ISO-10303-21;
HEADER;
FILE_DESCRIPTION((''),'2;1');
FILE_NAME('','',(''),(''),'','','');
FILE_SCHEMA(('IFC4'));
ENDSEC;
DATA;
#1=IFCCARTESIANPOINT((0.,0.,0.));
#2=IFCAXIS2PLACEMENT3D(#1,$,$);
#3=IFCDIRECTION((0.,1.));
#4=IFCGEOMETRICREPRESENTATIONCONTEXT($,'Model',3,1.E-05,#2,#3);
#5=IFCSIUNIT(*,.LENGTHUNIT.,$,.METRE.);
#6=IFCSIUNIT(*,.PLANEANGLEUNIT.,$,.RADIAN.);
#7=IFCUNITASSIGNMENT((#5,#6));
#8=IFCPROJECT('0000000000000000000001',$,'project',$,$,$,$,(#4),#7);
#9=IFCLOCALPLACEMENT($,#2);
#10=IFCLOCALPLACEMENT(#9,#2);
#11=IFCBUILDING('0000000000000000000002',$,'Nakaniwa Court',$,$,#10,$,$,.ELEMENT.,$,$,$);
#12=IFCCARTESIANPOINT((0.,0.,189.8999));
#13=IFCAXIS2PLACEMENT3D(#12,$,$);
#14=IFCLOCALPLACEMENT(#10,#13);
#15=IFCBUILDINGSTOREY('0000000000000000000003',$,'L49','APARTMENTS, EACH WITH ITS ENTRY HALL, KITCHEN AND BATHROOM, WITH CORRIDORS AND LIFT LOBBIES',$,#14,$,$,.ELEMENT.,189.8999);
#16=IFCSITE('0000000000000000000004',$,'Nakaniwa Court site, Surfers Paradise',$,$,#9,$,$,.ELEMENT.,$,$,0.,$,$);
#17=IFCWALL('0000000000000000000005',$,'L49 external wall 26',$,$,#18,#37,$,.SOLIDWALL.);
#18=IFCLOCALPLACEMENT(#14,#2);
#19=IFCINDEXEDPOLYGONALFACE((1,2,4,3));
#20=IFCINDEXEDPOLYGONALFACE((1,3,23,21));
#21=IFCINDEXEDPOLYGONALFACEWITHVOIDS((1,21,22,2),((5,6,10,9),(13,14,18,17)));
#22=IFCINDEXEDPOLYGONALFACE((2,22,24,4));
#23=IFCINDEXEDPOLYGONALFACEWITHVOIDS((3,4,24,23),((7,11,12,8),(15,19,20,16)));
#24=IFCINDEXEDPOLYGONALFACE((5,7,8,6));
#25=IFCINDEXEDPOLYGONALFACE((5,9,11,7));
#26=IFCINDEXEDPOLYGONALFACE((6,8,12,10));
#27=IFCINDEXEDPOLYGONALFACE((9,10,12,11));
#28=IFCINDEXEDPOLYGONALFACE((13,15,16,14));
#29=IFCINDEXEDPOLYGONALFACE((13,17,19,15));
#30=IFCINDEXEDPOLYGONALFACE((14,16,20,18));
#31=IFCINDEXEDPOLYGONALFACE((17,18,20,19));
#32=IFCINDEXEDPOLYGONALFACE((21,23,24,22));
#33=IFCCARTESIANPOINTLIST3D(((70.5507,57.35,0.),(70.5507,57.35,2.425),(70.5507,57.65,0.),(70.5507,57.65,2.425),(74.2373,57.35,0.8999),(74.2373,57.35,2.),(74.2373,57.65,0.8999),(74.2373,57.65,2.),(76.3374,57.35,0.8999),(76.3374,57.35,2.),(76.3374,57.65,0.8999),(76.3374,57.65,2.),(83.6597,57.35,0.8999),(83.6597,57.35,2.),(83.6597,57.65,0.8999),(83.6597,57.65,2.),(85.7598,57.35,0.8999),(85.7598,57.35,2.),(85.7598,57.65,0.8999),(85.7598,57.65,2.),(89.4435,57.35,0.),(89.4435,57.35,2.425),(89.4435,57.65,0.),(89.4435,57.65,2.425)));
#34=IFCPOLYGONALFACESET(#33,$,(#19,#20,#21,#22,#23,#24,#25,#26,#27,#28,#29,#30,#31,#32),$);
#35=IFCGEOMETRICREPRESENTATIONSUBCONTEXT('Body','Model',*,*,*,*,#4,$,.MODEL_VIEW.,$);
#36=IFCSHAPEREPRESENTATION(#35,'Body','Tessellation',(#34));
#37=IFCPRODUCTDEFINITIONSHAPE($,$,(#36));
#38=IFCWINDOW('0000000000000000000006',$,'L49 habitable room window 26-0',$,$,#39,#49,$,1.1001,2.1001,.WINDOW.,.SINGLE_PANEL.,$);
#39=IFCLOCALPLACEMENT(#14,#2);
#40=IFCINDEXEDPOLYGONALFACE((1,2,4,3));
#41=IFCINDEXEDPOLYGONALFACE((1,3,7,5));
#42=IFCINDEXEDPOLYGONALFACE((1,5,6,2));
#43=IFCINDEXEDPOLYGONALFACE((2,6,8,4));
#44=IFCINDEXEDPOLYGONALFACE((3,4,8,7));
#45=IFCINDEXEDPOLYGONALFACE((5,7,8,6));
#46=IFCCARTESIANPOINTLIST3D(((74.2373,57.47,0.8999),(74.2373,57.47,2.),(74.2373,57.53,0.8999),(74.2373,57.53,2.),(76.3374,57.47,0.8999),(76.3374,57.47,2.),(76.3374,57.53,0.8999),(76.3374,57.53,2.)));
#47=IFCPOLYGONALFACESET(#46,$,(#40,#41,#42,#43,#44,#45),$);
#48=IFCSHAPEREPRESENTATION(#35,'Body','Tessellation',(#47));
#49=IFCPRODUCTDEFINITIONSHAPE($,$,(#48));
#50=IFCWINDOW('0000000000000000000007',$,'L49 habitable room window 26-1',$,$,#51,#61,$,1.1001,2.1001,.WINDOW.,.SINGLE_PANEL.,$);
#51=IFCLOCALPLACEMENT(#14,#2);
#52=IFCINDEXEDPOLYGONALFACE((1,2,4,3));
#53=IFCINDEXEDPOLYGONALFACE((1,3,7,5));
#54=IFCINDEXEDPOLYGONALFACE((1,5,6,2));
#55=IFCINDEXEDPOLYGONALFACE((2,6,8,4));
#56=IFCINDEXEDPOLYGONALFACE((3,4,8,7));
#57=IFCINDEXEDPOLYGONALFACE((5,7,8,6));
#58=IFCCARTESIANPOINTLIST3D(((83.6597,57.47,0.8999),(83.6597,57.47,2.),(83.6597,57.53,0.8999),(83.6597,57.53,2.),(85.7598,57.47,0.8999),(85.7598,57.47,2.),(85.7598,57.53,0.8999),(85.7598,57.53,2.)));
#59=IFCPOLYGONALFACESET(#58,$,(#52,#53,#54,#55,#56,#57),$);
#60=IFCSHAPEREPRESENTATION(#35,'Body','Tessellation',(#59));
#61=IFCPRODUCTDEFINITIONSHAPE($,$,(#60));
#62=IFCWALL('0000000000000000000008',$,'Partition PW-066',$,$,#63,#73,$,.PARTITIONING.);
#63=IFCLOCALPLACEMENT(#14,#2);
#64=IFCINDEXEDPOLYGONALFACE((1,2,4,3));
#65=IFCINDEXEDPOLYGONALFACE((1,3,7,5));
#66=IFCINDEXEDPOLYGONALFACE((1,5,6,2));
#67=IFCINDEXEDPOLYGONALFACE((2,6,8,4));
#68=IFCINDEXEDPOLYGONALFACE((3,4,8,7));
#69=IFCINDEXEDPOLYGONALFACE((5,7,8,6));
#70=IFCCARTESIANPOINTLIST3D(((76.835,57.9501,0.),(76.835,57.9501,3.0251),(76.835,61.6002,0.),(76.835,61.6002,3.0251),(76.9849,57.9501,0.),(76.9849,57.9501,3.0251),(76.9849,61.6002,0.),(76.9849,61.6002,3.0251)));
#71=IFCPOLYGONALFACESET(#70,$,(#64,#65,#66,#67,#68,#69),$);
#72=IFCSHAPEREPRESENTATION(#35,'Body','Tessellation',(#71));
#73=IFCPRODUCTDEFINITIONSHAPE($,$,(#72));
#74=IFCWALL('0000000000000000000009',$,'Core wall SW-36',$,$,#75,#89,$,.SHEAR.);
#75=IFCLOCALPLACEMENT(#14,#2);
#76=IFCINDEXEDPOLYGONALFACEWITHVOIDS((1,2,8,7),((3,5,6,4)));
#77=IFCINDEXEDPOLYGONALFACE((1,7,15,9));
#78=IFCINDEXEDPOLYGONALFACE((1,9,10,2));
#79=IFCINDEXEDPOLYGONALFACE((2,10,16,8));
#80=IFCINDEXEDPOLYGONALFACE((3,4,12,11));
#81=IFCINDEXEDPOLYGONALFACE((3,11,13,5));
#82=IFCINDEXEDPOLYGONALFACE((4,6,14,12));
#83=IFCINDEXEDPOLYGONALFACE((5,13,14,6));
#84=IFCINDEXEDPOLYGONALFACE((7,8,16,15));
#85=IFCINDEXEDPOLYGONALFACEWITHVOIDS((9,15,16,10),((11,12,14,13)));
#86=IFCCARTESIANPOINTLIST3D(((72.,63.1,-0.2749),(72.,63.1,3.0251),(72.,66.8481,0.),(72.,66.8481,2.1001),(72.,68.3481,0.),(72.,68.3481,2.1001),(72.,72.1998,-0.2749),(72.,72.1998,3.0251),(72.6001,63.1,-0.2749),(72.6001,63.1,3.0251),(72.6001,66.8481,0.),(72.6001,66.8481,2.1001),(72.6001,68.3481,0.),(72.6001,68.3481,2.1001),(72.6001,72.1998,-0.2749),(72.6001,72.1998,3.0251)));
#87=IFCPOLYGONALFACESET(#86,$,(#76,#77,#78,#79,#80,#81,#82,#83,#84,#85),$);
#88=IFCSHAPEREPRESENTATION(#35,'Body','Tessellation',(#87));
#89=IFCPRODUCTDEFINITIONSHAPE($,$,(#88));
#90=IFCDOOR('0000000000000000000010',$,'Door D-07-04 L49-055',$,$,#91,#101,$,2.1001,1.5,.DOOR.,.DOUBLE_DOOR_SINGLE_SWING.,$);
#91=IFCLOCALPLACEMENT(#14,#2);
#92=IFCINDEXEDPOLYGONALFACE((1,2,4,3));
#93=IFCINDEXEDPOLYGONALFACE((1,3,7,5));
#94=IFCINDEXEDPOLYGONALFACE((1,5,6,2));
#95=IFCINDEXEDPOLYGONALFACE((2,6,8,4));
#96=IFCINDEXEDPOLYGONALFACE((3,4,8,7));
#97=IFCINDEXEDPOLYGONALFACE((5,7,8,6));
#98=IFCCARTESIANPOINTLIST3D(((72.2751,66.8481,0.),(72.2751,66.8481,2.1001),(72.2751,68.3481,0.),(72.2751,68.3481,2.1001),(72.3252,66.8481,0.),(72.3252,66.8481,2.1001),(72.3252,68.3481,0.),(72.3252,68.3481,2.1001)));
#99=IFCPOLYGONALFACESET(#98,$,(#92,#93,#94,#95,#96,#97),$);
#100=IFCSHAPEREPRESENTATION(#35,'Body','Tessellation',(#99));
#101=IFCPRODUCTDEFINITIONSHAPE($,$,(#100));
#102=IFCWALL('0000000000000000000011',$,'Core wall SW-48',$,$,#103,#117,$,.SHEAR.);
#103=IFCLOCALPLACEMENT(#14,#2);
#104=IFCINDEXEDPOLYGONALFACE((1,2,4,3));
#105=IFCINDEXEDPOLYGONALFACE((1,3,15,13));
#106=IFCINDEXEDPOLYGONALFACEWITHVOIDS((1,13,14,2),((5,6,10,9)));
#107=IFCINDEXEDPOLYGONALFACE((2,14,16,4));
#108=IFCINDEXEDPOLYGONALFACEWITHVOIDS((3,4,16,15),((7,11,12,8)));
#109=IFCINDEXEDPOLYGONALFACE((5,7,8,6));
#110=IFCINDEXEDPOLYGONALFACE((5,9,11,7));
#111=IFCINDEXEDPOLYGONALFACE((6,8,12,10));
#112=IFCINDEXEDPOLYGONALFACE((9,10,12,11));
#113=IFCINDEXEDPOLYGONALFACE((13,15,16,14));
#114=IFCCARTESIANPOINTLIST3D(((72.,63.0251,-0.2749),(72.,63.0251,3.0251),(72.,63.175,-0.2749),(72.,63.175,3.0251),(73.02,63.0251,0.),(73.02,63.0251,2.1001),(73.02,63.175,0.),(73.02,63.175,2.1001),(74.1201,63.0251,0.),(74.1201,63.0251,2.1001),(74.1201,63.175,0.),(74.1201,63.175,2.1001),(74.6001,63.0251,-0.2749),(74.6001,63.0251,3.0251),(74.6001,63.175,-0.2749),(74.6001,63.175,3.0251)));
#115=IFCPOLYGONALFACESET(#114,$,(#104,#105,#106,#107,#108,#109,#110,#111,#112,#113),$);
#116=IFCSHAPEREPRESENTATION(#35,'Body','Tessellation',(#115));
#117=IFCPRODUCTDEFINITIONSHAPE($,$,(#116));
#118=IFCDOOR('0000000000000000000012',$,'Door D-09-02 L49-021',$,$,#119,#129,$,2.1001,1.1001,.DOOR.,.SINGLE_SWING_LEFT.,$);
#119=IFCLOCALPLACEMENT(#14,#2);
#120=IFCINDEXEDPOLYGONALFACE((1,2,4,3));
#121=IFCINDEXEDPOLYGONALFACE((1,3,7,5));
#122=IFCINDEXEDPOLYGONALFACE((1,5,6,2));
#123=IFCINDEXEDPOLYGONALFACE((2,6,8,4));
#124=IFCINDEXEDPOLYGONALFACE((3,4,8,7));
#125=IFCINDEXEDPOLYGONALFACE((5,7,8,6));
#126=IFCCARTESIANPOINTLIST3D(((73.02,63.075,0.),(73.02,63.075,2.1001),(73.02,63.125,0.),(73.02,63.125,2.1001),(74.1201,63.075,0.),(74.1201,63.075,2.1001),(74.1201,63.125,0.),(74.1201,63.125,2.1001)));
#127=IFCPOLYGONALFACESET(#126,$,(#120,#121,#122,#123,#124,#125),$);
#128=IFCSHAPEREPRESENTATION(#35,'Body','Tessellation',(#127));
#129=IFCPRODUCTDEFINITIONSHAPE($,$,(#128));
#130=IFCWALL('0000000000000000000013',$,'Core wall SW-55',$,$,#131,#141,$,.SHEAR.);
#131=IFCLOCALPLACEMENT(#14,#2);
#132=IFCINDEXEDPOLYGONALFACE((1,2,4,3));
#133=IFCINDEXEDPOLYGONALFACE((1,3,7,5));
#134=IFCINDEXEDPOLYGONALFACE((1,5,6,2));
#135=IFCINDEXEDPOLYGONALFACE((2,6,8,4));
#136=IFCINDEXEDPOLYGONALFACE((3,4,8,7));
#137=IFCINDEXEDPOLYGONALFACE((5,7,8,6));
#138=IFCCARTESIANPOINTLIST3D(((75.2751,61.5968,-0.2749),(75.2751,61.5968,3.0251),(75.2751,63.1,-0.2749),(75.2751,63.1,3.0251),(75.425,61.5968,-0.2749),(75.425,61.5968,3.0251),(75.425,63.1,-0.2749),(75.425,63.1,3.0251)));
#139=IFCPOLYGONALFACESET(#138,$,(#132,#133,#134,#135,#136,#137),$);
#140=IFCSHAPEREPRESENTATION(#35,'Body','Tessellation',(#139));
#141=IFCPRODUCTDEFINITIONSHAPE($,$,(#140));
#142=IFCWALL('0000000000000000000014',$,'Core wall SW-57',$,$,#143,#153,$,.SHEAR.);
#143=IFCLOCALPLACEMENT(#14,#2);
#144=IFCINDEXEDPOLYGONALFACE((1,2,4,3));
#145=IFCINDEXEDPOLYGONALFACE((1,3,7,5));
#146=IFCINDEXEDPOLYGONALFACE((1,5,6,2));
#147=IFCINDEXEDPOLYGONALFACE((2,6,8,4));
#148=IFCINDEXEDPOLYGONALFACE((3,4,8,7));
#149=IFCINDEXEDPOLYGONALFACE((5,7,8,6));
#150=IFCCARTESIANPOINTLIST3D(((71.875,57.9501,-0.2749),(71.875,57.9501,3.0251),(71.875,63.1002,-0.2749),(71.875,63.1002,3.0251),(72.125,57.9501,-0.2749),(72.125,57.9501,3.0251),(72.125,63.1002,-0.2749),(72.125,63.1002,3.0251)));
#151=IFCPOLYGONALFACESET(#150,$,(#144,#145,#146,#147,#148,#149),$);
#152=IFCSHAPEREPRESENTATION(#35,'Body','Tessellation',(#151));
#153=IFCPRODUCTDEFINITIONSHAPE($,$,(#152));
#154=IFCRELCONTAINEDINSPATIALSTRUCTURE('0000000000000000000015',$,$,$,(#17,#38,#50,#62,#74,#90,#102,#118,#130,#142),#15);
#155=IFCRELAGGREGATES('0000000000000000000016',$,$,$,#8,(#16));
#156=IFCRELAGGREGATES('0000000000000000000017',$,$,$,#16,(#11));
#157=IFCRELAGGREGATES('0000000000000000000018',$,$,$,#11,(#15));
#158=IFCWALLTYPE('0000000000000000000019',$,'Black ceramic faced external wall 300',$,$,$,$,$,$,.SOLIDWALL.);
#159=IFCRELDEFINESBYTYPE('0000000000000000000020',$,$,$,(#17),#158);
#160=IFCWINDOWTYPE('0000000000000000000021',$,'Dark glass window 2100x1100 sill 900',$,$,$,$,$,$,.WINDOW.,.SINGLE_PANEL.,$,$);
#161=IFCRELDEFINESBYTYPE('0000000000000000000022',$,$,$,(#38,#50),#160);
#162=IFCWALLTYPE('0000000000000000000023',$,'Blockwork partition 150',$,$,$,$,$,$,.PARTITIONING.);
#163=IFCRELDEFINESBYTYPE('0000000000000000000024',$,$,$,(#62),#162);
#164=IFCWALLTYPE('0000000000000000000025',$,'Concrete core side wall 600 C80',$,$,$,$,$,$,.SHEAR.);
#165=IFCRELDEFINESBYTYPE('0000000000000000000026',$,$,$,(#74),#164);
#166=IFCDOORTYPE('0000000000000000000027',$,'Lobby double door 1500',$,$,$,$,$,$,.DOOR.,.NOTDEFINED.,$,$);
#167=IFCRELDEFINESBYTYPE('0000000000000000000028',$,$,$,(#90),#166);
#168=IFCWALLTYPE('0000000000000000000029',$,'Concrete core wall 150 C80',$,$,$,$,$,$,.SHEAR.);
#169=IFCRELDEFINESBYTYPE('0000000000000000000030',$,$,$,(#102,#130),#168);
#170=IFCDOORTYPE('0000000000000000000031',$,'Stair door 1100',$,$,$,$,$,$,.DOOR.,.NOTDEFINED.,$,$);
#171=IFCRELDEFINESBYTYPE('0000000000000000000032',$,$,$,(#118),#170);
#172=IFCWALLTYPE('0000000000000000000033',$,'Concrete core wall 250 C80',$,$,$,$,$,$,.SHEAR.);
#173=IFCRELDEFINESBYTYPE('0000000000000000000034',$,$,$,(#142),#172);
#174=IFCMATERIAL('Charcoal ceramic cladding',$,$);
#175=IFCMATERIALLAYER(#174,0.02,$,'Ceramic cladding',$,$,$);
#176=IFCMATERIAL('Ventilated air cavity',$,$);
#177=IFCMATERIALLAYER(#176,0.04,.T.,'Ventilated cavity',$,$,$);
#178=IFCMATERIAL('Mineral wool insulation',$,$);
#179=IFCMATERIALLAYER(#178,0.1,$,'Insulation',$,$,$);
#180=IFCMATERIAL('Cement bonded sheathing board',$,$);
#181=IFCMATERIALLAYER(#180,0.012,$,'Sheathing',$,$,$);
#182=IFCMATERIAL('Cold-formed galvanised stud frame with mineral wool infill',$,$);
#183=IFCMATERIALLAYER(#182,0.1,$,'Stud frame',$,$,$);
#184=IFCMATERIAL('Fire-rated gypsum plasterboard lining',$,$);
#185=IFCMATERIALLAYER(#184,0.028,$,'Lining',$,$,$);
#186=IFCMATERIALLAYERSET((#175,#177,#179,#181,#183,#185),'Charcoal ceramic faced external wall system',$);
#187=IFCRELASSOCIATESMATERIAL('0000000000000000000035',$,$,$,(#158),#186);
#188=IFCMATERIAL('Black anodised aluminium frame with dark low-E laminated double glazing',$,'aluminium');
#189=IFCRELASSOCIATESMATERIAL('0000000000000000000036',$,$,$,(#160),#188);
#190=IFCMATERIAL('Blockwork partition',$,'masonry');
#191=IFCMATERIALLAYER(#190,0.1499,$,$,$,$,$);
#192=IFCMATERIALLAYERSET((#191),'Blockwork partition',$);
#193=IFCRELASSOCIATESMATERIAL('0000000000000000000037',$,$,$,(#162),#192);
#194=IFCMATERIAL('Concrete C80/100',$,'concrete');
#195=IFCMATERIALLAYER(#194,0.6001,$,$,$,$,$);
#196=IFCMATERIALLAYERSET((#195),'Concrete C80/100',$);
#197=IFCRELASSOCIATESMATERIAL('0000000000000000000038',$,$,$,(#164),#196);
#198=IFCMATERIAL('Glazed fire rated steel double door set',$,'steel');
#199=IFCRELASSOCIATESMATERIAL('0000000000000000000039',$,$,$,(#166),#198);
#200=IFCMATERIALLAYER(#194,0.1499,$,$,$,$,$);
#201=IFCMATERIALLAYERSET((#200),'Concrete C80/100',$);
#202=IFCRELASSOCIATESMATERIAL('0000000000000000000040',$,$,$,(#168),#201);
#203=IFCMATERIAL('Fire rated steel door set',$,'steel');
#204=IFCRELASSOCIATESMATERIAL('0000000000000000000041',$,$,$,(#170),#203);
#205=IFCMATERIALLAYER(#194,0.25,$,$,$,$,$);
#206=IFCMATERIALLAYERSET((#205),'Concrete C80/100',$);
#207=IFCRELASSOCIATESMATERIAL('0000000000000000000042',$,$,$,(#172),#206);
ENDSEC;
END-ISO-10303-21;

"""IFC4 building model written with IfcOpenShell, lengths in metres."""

from ifc_helpers import new_model, si_unit, direction, frame, frame_2d, origin, place, context, subcontext, project, spatial, rectangle, extrude, material, layer, layer_set, type_object, element, fill, save


model = new_model("IFC4")

# Units and contexts
model_context = context("Model", 3, precision=1e-05, world=origin(), true_north=direction((0.0, 1.0)))
body_context = subcontext(model_context, "Body", "Model", "MODEL_VIEW")
ifc_project = project(units=[si_unit("LENGTHUNIT", "METRE"), si_unit("PLANEANGLEUNIT", "RADIAN")], contexts=[model_context])

# Site, building, storey
site_placement = place(None, origin())
site = spatial("IfcSite", under=ifc_project, at=site_placement, Name="Nakaniwa Court site, Surfers Paradise", CompositionType="ELEMENT", RefElevation=0.0)
building_placement = place(site_placement, origin())
building = spatial("IfcBuilding", under=site, at=building_placement, Name="Nakaniwa Court", CompositionType="ELEMENT")
storey_placement = place(building_placement, frame((0.0, 0.0, 189.8999)))
storey = spatial("IfcBuildingStorey", under=building, at=storey_placement, Name="L49", Description="APARTMENTS, EACH WITH ITS ENTRY HALL, KITCHEN AND BATHROOM, WITH CORRIDORS AND LIFT LOBBIES", CompositionType="ELEMENT", Elevation=189.8999)

# Wall, openings, windows
ifc_material_1 = material(Name="Charcoal ceramic cladding")
ifc_layer_1 = layer(ifc_material_1, 0.02, Name="Ceramic cladding")
ifc_material_2 = material(Name="Ventilated air cavity")
ifc_layer_2 = layer(ifc_material_2, 0.04, ventilated=True, Name="Ventilated cavity")
ifc_material_3 = material(Name="Mineral wool insulation")
ifc_layer_3 = layer(ifc_material_3, 0.1, Name="Insulation")
ifc_material_4 = material(Name="Cement bonded sheathing board")
ifc_layer_4 = layer(ifc_material_4, 0.012, Name="Sheathing")
ifc_material_5 = material(Name="Cold-formed galvanised stud frame with mineral wool infill")
ifc_layer_5 = layer(ifc_material_5, 0.1, Name="Stud frame")
ifc_material_6 = material(Name="Fire-rated gypsum plasterboard lining")
ifc_layer_6 = layer(ifc_material_6, 0.028, Name="Lining")
ifc_layer_set_1 = layer_set([ifc_layer_1, ifc_layer_2, ifc_layer_3, ifc_layer_4, ifc_layer_5, ifc_layer_6], Name="Charcoal ceramic faced external wall system")
wall_type_1 = type_object("IfcWallType", Name="Black ceramic faced external wall 300", PredefinedType="SOLIDWALL", material=ifc_layer_set_1)
wall_1_placement = place(storey_placement, frame((70.5508, 57.5, 0.0), z_axis=(0.0, 0.0, 1.0), x_axis=(1.0, 0.0, 0.0)))
wall_1 = element("IfcWall", 1, at=wall_1_placement, inside=storey, type_object=wall_type_1, Name="L49 external wall 26", PredefinedType="SOLIDWALL", context=body_context, shape_type="SweptSolid", body=[
    extrude(rectangle(XDim=18.8928, YDim=0.3, at=frame_2d((9.4463, 0.0))), origin(), (0.0, 0.0, 1.0), 2.425),
])
opening_1_placement = place(wall_1_placement, frame((3.6865, 0.0, 0.8999)))
opening_1 = element("IfcOpeningElement", 2, at=opening_1_placement, cuts=wall_1, PredefinedType="OPENING", context=body_context, shape_type="SweptSolid", body=[
    extrude(rectangle(XDim=2.1001, YDim=1.1001, at=frame_2d((1.05, 0.55))), frame((0.0, 0.1599, 0.0), z_axis=(0.0, -1.0, 0.0), x_axis=(1.0, 0.0, 0.0)), (0.0, 0.0, 1.0), 0.3201),
])
opening_2_placement = place(wall_1_placement, frame((13.1089, 0.0, 0.8999)))
opening_2 = element("IfcOpeningElement", 3, at=opening_2_placement, cuts=wall_1, PredefinedType="OPENING", context=body_context, shape_type="SweptSolid", body=[
    extrude(rectangle(XDim=2.1001, YDim=1.1001, at=frame_2d((1.05, 0.55))), frame((0.0, 0.1599, 0.0), z_axis=(0.0, -1.0, 0.0), x_axis=(1.0, 0.0, 0.0)), (0.0, 0.0, 1.0), 0.3201),
])
ifc_material_7 = material(Name="Black anodised aluminium frame with dark low-E laminated double glazing", Category="aluminium")
window_type = type_object("IfcWindowType", Name="Dark glass window 2100x1100 sill 900", PartitioningType="SINGLE_PANEL", PredefinedType="WINDOW", material=ifc_material_7)
window_1_placement = place(opening_1_placement, origin())
window_1 = element("IfcWindow", 4, at=window_1_placement, inside=storey, type_object=window_type, Name="L49 habitable room window 26-0", OverallHeight=1.1001, OverallWidth=2.1001, PartitioningType="SINGLE_PANEL", PredefinedType="WINDOW", context=body_context, shape_type="SweptSolid", body=[
    extrude(rectangle(XDim=2.1001, YDim=1.1001, at=frame_2d((1.05, 0.55))), frame((0.0, 0.03, 0.0), z_axis=(0.0, -1.0, 0.0), x_axis=(1.0, 0.0, 0.0)), (0.0, 0.0, 1.0), 0.0601),
])
fill(opening_1, window_1)
window_2_placement = place(opening_2_placement, origin())
window_2 = element("IfcWindow", 5, at=window_2_placement, inside=storey, type_object=window_type, Name="L49 habitable room window 26-1", OverallHeight=1.1001, OverallWidth=2.1001, PartitioningType="SINGLE_PANEL", PredefinedType="WINDOW", context=body_context, shape_type="SweptSolid", body=[
    extrude(rectangle(XDim=2.1001, YDim=1.1001, at=frame_2d((1.05, 0.55))), frame((0.0, 0.03, 0.0), z_axis=(0.0, -1.0, 0.0), x_axis=(1.0, 0.0, 0.0)), (0.0, 0.0, 1.0), 0.0601),
])
fill(opening_2, window_2)

# Wall
ifc_material_8 = material(Name="Blockwork partition", Category="masonry")
ifc_layer_7 = layer(ifc_material_8, 0.1499)
ifc_layer_set_2 = layer_set([ifc_layer_7], Name="Blockwork partition")
wall_type_2 = type_object("IfcWallType", Name="Blockwork partition 150", PredefinedType="PARTITIONING", material=ifc_layer_set_2)
wall_2_placement = place(storey_placement, frame((76.9099, 57.95, 0.0), z_axis=(0.0, 0.0, 1.0), x_axis=(0.0, 1.0, 0.0)))
element("IfcWall", 6, at=wall_2_placement, inside=storey, type_object=wall_type_2, Name="Partition PW-066", PredefinedType="PARTITIONING", context=body_context, shape_type="SweptSolid", body=[
    extrude(rectangle(XDim=3.6501, YDim=0.1499, at=frame_2d((1.8252, 0.0))), origin(), (0.0, 0.0, 1.0), 3.0251),
])

# Walls, openings, doors
ifc_material_9 = material(Name="Concrete C80/100", Category="concrete")
ifc_layer_8 = layer(ifc_material_9, 0.6001)
ifc_layer_set_3 = layer_set([ifc_layer_8], Name="Concrete C80/100")
wall_type_3 = type_object("IfcWallType", Name="Concrete core side wall 600 C80", PredefinedType="SHEAR", material=ifc_layer_set_3)
wall_3_placement = place(storey_placement, frame((72.3, 63.1001, -0.2749), z_axis=(0.0, 0.0, 1.0), x_axis=(0.0, 1.0, 0.0)))
wall_3 = element("IfcWall", 7, at=wall_3_placement, inside=storey, type_object=wall_type_3, Name="Core wall SW-36", PredefinedType="SHEAR", context=body_context, shape_type="SweptSolid", body=[
    extrude(rectangle(XDim=9.0999, YDim=0.6001, at=frame_2d((4.5498, 0.0))), origin(), (0.0, 0.0, 1.0), 3.3),
])
opening_3_placement = place(wall_3_placement, frame((3.748, 0.0, 0.2749)))
opening_3 = element("IfcOpeningElement", 8, at=opening_3_placement, cuts=wall_3, PredefinedType="OPENING", context=body_context, shape_type="SweptSolid", body=[
    extrude(rectangle(XDim=1.5, YDim=2.1001, at=frame_2d((0.75, 1.05))), frame((0.0, 0.3101, 0.0), z_axis=(0.0, -1.0, 0.0), x_axis=(1.0, 0.0, 0.0)), (0.0, 0.0, 1.0), 0.6201),
])
ifc_material_10 = material(Name="Glazed fire rated steel double door set", Category="steel")
door_type_1 = type_object("IfcDoorType", Name="Lobby double door 1500", OperationType="NOTDEFINED", PredefinedType="DOOR", material=ifc_material_10)
door_1_placement = place(opening_3_placement, origin())
door_1 = element("IfcDoor", 9, at=door_1_placement, inside=storey, type_object=door_type_1, Name="Door D-07-04 L49-055", OperationType="DOUBLE_DOOR_SINGLE_SWING", OverallHeight=2.1001, OverallWidth=1.5, PredefinedType="DOOR", context=body_context, shape_type="SweptSolid", body=[
    extrude(rectangle(XDim=1.5, YDim=2.1001, at=frame_2d((0.75, 1.05))), frame((0.0, 0.0249, 0.0), z_axis=(0.0, -1.0, 0.0), x_axis=(1.0, 0.0, 0.0)), (0.0, 0.0, 1.0), 0.05),
])
fill(opening_3, door_1)
ifc_layer_9 = layer(ifc_material_9, 0.1499)
ifc_layer_set_4 = layer_set([ifc_layer_9], Name="Concrete C80/100")
wall_type_4 = type_object("IfcWallType", Name="Concrete core wall 150 C80", PredefinedType="SHEAR", material=ifc_layer_set_4)
wall_4_placement = place(storey_placement, frame((72.0, 63.1001, -0.2749), z_axis=(0.0, 0.0, 1.0), x_axis=(1.0, 0.0, 0.0)))
wall_4 = element("IfcWall", 10, at=wall_4_placement, inside=storey, type_object=wall_type_4, Name="Core wall SW-48", PredefinedType="SHEAR", context=body_context, shape_type="SweptSolid", body=[
    extrude(rectangle(XDim=2.6001, YDim=0.1499, at=frame_2d((1.3, 0.0))), origin(), (0.0, 0.0, 1.0), 3.3),
])
opening_4_placement = place(wall_4_placement, frame((1.02, 0.0, 0.2749)))
opening_4 = element("IfcOpeningElement", 11, at=opening_4_placement, cuts=wall_4, PredefinedType="OPENING", context=body_context, shape_type="SweptSolid", body=[
    extrude(rectangle(XDim=1.1001, YDim=2.1001, at=frame_2d((0.55, 1.05))), frame((0.0, 0.085, 0.0), z_axis=(0.0, -1.0, 0.0), x_axis=(1.0, 0.0, 0.0)), (0.0, 0.0, 1.0), 0.1699),
])
ifc_material_11 = material(Name="Fire rated steel door set", Category="steel")
door_type_2 = type_object("IfcDoorType", Name="Stair door 1100", OperationType="NOTDEFINED", PredefinedType="DOOR", material=ifc_material_11)
door_2_placement = place(opening_4_placement, origin())
door_2 = element("IfcDoor", 12, at=door_2_placement, inside=storey, type_object=door_type_2, Name="Door D-09-02 L49-021", OperationType="SINGLE_SWING_LEFT", OverallHeight=2.1001, OverallWidth=1.1001, PredefinedType="DOOR", context=body_context, shape_type="SweptSolid", body=[
    extrude(rectangle(XDim=1.1001, YDim=2.1001, at=frame_2d((0.55, 1.05))), frame((0.0, 0.0249, 0.0), z_axis=(0.0, -1.0, 0.0), x_axis=(1.0, 0.0, 0.0)), (0.0, 0.0, 1.0), 0.05),
])
fill(opening_4, door_2)

# Walls
wall_5_placement = place(storey_placement, frame((75.3501, 61.5969, -0.2749), z_axis=(0.0, 0.0, 1.0), x_axis=(0.0, 1.0, 0.0)))
element("IfcWall", 13, at=wall_5_placement, inside=storey, type_object=wall_type_4, Name="Core wall SW-55", PredefinedType="SHEAR", context=body_context, shape_type="SweptSolid", body=[
    extrude(rectangle(XDim=1.5032, YDim=0.1499, at=frame_2d((0.7515, 0.0))), origin(), (0.0, 0.0, 1.0), 3.3),
])
ifc_layer_10 = layer(ifc_material_9, 0.25)
ifc_layer_set_5 = layer_set([ifc_layer_10], Name="Concrete C80/100")
wall_type_5 = type_object("IfcWallType", Name="Concrete core wall 250 C80", PredefinedType="SHEAR", material=ifc_layer_set_5)
wall_6_placement = place(storey_placement, frame((72.0, 57.95, -0.2749), z_axis=(0.0, 0.0, 1.0), x_axis=(0.0, 1.0, 0.0)))
element("IfcWall", 14, at=wall_6_placement, inside=storey, type_object=wall_type_5, Name="Core wall SW-57", PredefinedType="SHEAR", context=body_context, shape_type="SweptSolid", body=[
    extrude(rectangle(XDim=5.1501, YDim=0.25, at=frame_2d((2.5752, 0.0))), origin(), (0.0, 0.0, 1.0), 3.3),
])

save(model, "model.ifc")
